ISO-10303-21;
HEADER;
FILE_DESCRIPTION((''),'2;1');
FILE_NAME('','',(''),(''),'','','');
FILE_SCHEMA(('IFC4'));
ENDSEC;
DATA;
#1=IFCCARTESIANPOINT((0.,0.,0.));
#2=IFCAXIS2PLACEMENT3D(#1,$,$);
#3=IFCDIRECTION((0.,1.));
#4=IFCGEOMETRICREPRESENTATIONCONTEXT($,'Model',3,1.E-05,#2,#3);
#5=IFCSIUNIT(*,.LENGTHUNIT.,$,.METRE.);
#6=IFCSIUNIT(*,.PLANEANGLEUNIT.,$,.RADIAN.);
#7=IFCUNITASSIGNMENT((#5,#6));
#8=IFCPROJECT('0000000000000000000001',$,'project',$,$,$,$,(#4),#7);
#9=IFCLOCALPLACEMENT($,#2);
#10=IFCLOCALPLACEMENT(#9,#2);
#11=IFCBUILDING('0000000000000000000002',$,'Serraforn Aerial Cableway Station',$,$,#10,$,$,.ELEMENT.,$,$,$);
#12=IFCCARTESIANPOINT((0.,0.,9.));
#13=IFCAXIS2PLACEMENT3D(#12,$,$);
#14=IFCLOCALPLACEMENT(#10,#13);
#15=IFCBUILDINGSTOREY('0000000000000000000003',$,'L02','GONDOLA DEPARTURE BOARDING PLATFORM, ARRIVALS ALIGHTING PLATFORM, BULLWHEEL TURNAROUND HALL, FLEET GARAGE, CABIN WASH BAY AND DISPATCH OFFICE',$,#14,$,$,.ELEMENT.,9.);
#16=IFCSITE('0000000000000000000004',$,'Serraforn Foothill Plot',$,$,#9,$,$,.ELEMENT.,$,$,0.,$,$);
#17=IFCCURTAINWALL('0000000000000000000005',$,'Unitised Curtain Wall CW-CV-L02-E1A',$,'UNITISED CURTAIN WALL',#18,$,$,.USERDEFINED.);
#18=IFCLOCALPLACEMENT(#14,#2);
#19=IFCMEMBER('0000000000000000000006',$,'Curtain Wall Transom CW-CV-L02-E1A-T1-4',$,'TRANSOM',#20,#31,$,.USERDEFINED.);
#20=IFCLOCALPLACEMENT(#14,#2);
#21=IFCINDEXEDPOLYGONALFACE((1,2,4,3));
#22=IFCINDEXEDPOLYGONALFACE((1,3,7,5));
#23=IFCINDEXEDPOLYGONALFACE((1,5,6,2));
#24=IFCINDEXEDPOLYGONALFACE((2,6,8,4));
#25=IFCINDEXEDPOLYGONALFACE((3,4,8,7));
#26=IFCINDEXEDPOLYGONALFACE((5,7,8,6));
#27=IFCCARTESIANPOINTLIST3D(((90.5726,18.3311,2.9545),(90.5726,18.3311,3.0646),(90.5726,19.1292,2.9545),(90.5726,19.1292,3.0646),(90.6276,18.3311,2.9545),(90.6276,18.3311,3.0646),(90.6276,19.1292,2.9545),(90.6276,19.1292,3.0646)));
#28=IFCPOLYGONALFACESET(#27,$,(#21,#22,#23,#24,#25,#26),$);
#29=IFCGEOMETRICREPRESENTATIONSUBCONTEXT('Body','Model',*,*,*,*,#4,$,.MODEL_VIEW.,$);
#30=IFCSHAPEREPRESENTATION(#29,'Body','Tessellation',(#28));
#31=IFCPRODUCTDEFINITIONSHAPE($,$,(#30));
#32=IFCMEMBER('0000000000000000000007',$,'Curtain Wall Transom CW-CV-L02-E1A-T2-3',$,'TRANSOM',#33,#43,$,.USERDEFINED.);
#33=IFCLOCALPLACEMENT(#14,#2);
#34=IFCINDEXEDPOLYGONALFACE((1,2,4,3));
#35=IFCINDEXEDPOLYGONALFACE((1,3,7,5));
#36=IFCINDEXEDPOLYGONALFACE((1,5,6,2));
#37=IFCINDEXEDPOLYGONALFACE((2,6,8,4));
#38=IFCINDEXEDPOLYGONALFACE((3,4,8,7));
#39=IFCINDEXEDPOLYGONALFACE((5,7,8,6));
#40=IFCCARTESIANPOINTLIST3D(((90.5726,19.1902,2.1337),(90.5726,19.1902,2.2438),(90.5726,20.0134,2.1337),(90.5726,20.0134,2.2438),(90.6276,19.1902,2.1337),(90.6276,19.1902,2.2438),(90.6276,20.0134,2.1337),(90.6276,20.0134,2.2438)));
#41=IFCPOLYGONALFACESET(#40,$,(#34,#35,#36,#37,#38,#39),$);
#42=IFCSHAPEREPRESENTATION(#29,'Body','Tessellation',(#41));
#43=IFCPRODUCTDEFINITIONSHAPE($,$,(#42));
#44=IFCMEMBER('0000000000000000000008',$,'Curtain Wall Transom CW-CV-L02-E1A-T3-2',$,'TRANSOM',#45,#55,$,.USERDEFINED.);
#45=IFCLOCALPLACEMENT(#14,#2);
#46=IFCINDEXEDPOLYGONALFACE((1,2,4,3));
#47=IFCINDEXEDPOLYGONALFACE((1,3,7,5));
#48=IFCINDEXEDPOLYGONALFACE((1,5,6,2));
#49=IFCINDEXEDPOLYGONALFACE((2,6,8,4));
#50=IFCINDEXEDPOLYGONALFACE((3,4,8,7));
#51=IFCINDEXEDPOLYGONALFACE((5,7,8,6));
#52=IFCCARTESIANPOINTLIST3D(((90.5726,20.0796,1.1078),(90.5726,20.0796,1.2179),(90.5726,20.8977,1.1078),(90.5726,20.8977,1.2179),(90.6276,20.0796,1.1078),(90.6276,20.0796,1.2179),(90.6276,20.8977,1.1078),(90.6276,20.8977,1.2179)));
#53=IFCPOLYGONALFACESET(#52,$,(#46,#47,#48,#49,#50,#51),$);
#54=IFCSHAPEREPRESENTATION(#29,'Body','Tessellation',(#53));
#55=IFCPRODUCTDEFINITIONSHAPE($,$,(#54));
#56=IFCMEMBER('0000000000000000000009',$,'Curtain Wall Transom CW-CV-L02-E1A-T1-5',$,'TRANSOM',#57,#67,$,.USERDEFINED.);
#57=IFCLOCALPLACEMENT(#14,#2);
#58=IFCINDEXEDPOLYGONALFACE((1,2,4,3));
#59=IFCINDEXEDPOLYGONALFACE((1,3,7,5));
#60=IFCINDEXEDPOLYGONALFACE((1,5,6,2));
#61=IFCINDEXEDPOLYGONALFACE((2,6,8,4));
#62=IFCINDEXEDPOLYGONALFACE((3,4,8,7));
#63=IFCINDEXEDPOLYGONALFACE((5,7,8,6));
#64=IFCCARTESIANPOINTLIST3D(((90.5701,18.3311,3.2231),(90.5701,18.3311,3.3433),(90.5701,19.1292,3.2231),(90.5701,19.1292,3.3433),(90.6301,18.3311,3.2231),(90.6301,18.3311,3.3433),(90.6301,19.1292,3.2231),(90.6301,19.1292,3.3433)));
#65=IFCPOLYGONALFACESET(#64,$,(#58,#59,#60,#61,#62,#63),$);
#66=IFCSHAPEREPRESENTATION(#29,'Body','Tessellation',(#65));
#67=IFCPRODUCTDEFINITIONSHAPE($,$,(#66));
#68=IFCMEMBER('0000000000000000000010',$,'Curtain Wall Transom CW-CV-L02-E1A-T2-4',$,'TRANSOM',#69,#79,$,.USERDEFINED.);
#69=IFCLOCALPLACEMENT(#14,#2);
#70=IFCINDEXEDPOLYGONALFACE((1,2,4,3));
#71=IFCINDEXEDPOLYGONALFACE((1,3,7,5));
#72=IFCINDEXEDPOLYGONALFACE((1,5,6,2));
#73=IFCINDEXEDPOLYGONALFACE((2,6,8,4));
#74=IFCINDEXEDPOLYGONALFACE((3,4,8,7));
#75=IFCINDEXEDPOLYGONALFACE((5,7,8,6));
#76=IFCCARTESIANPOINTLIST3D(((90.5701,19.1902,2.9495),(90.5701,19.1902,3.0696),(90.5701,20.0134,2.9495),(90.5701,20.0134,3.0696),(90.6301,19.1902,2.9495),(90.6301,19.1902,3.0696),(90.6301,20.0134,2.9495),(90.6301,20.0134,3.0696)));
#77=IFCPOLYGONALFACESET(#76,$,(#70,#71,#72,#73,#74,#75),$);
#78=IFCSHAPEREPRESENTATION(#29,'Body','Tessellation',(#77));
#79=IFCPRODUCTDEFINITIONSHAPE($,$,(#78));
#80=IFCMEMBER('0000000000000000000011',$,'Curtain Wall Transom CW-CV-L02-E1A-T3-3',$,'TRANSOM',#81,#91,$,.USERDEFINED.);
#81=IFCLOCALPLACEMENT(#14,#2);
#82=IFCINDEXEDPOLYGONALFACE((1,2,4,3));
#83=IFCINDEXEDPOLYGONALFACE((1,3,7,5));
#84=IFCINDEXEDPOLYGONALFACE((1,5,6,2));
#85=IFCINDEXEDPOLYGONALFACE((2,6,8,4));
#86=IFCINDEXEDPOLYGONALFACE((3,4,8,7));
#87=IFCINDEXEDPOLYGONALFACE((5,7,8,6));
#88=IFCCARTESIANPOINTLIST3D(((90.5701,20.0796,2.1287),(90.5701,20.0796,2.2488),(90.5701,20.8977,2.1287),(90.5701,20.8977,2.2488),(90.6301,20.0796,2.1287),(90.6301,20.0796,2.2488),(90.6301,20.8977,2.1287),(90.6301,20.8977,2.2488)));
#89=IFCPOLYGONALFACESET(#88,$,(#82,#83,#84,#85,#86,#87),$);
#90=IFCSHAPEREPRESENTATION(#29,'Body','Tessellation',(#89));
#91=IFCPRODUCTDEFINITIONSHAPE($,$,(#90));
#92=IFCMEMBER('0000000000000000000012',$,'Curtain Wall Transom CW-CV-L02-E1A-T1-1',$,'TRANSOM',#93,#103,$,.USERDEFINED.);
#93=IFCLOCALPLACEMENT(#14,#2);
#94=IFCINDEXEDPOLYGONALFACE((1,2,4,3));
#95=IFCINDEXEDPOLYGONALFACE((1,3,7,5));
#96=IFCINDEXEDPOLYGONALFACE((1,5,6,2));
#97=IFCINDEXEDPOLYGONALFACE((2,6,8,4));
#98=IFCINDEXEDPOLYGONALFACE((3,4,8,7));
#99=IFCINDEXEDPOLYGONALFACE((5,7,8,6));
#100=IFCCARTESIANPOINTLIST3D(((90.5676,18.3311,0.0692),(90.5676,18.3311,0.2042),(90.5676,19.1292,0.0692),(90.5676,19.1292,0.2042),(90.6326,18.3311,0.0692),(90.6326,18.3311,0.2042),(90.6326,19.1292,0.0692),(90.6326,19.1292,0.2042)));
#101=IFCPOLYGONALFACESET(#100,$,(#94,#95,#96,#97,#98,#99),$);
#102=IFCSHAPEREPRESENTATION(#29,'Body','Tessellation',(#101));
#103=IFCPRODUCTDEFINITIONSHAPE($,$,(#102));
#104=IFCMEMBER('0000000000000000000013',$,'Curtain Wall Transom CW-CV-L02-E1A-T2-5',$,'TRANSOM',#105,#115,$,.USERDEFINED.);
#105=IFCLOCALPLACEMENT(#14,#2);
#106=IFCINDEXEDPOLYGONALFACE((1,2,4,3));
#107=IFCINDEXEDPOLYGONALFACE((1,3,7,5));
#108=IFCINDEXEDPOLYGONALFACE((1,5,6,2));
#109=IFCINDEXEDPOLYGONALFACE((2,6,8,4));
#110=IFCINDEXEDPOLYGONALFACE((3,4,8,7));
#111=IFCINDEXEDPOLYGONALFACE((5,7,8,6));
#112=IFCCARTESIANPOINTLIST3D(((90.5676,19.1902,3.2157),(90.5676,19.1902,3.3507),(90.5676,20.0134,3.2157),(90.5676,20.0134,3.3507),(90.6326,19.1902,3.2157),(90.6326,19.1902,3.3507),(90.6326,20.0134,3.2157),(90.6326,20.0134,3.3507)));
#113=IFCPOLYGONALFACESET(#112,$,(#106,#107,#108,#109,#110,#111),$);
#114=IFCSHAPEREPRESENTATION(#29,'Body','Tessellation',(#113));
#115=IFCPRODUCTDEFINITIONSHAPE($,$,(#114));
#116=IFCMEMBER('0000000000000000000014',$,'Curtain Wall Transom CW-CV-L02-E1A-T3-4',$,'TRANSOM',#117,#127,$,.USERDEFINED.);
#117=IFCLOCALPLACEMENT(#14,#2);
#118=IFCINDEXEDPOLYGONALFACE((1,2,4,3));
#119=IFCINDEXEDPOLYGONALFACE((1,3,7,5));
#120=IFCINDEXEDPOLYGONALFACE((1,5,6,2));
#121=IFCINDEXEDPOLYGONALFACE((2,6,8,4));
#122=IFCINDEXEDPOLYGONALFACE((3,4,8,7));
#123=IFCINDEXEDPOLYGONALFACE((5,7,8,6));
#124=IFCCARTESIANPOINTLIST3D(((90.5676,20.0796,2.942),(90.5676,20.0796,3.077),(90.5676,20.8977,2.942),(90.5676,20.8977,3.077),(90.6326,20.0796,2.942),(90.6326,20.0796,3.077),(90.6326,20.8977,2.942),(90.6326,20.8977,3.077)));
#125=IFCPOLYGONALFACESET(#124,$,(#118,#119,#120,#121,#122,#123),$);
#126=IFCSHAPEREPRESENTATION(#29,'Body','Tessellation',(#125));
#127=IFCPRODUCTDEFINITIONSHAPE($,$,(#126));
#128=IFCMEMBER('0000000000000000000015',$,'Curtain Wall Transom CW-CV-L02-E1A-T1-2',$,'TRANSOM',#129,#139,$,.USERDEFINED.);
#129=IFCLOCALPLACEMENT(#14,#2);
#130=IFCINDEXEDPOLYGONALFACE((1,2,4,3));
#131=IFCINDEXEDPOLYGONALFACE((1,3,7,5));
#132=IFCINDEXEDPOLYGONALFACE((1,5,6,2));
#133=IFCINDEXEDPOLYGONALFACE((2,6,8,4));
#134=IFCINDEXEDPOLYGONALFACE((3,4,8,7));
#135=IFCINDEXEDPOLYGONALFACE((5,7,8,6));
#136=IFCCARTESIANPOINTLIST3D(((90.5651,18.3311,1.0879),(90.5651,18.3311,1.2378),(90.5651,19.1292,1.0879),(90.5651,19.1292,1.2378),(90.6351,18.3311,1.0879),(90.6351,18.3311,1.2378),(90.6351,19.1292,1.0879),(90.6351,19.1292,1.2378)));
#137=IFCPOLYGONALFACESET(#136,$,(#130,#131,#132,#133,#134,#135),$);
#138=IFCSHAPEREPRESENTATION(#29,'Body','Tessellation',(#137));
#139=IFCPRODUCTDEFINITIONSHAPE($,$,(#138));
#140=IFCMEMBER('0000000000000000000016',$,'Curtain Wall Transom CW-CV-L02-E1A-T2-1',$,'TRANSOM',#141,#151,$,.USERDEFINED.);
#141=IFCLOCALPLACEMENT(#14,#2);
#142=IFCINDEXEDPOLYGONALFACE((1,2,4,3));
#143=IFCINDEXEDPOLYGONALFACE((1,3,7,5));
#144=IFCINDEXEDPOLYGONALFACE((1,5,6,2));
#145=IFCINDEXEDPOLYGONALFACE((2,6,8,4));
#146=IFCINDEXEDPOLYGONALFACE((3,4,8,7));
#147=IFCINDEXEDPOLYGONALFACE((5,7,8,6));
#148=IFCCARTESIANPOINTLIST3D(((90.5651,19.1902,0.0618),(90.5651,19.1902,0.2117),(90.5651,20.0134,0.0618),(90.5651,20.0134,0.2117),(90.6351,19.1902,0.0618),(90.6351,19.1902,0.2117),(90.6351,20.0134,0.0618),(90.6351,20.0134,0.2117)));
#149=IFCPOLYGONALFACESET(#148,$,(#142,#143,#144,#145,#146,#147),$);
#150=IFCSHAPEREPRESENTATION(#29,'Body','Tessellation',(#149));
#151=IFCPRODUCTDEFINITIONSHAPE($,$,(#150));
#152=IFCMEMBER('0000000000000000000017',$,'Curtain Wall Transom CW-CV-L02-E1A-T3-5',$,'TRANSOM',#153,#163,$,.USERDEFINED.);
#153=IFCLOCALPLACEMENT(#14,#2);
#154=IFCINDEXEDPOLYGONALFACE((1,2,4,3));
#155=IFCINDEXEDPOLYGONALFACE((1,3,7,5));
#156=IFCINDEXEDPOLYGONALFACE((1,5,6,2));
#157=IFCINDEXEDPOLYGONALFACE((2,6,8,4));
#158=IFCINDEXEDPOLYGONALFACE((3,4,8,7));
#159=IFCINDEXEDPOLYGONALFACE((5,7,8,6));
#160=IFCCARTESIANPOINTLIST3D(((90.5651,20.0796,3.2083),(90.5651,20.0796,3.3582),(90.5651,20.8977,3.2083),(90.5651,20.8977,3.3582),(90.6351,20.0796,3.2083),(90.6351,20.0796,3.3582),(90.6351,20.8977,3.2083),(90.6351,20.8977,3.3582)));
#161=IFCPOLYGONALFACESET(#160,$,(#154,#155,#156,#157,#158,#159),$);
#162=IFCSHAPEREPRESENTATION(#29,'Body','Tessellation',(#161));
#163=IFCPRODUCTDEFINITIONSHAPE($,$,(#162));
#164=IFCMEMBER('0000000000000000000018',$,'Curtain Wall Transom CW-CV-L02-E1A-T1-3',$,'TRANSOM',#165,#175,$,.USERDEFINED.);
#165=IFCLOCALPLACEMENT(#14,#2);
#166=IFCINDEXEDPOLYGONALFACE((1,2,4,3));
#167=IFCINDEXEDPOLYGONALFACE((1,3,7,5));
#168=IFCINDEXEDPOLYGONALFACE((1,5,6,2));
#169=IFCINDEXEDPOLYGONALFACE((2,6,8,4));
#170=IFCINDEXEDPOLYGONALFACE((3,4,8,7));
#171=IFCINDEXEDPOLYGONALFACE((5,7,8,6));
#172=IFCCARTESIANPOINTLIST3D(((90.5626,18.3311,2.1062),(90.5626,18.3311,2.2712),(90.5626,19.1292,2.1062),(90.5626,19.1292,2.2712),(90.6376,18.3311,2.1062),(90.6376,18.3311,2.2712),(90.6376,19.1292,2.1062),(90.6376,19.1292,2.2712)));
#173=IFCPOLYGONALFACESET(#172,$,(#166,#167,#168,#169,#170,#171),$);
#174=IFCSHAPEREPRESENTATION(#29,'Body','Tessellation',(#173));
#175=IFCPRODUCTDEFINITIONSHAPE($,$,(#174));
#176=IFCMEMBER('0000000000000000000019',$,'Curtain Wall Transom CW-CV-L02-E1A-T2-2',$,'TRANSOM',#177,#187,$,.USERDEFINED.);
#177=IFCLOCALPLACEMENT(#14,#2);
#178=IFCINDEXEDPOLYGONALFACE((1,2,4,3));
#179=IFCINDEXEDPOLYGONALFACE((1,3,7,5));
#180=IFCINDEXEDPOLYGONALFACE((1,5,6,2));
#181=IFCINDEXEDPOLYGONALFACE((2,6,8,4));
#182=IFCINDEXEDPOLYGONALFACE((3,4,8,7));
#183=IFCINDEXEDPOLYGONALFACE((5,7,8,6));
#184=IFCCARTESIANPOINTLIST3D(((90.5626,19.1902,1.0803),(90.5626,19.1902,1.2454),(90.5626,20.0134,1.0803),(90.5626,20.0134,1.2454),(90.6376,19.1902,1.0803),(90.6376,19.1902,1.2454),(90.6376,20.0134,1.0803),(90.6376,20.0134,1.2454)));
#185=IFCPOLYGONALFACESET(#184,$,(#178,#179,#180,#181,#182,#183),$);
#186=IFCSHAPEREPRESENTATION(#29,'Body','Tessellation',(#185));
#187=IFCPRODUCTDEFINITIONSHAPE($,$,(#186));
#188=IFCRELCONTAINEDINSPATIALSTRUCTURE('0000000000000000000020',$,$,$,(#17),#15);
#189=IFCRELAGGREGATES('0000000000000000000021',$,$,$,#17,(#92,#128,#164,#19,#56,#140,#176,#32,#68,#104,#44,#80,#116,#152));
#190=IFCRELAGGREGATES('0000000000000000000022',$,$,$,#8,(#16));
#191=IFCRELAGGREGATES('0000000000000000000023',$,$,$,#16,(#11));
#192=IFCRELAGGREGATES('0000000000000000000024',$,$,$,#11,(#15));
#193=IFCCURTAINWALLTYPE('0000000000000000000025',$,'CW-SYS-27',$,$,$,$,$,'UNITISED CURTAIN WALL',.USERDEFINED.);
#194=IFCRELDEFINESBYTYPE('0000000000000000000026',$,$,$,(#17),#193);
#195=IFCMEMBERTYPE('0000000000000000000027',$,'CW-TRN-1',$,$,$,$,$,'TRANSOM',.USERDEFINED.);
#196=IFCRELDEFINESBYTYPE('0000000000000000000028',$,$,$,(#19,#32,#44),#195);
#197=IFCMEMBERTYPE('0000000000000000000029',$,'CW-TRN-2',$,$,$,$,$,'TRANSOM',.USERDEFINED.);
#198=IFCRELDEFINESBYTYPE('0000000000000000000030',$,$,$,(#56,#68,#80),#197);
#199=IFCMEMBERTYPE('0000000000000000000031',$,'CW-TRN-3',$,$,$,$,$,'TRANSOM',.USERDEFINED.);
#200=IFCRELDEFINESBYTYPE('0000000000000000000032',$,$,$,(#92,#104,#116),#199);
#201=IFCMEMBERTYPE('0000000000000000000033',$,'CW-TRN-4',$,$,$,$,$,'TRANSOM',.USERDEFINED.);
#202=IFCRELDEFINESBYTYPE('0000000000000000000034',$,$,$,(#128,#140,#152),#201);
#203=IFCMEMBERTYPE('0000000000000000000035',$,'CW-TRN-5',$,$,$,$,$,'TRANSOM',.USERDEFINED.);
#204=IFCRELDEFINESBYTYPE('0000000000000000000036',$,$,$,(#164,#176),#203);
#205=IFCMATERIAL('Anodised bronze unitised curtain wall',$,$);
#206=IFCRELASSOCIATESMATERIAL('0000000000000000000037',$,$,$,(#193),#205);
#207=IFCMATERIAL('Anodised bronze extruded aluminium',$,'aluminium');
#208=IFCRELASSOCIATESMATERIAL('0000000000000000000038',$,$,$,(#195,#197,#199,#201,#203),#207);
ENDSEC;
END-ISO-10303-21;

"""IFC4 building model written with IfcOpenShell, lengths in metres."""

from ifc_helpers import new_model, si_unit, direction, frame, origin, origin_2d, place, context, subcontext, project, spatial, rectangle, extrude, material, material_profile, profile_set, type_object, element, aggregate, save


model = new_model("IFC4")

# Units and contexts
model_context = context("Model", 3, precision=1e-05, world=origin(), true_north=direction((0.0, 1.0)))
body_context = subcontext(model_context, "Body", "Model", "MODEL_VIEW")
ifc_project = project(units=[si_unit("LENGTHUNIT", "METRE"), si_unit("PLANEANGLEUNIT", "RADIAN")], contexts=[model_context])

# Site, building, storey
site_placement = place(None, origin())
site = spatial("IfcSite", under=ifc_project, at=site_placement, Name="Serraforn Foothill Plot", CompositionType="ELEMENT", RefElevation=0.0)
building_placement = place(site_placement, origin())
building = spatial("IfcBuilding", under=site, at=building_placement, Name="Serraforn Aerial Cableway Station", CompositionType="ELEMENT")
storey_placement = place(building_placement, frame((0.0, 0.0, 9.0)))
storey = spatial("IfcBuildingStorey", under=building, at=storey_placement, Name="L02", Description="GONDOLA DEPARTURE BOARDING PLATFORM, ARRIVALS ALIGHTING PLATFORM, BULLWHEEL TURNAROUND HALL, FLEET GARAGE, CABIN WASH BAY AND DISPATCH OFFICE", CompositionType="ELEMENT", Elevation=9.0)

# Curtain wall, members
ifc_material_1 = material(Name="Anodised bronze unitised curtain wall")
curtain_wall_type = type_object("IfcCurtainWallType", Name="CW-SYS-27", ElementType="UNITISED CURTAIN WALL", PredefinedType="USERDEFINED", material=ifc_material_1)
curtain_wall_placement = place(storey_placement, origin())
curtain_wall = element("IfcCurtainWall", 1, at=curtain_wall_placement, inside=storey, type_object=curtain_wall_type, Name="Unitised Curtain Wall CW-CV-L02-E1A", ObjectType="UNITISED CURTAIN WALL", PredefinedType="USERDEFINED")
ifc_material_2 = material(Name="Anodised bronze extruded aluminium", Category="aluminium")
ifc_material_profile_1 = material_profile(ifc_material_2, rectangle(XDim=0.0549, YDim=0.1101, at=origin_2d()), Name="CW TRANSOM 55x110")
ifc_profile_set_1 = profile_set([ifc_material_profile_1], Name="Anodised bronze extruded aluminium")
member_type_1 = type_object("IfcMemberType", Name="CW-TRN-1", ElementType="TRANSOM", PredefinedType="USERDEFINED", material=ifc_profile_set_1)
member_1_placement = place(storey_placement, frame((90.6001, 18.3311, 3.0095), z_axis=(0.0, 1.0, 0.0), x_axis=(-1.0, 0.0, 0.0)))
member_1 = element("IfcMember", 2, at=member_1_placement, type_object=member_type_1, Name="Curtain Wall Transom CW-CV-L02-E1A-T1-4", ObjectType="TRANSOM", PredefinedType="USERDEFINED", context=body_context, shape_type="SweptSolid", body=[
    extrude(rectangle(XDim=0.0549, YDim=0.1101, at=origin_2d()), origin(), (0.0, 0.0, 1.0), 0.7981),
])
member_2_placement = place(storey_placement, frame((90.6001, 19.1902, 2.1887), z_axis=(0.0, 1.0, 0.0), x_axis=(-1.0, 0.0, 0.0)))
member_2 = element("IfcMember", 3, at=member_2_placement, type_object=member_type_1, Name="Curtain Wall Transom CW-CV-L02-E1A-T2-3", ObjectType="TRANSOM", PredefinedType="USERDEFINED", context=body_context, shape_type="SweptSolid", body=[
    extrude(rectangle(XDim=0.0549, YDim=0.1101, at=origin_2d()), origin(), (0.0, 0.0, 1.0), 0.8232),
])
member_3_placement = place(storey_placement, frame((90.6001, 20.0796, 1.1628), z_axis=(0.0, 1.0, 0.0), x_axis=(-1.0, 0.0, 0.0)))
member_3 = element("IfcMember", 4, at=member_3_placement, type_object=member_type_1, Name="Curtain Wall Transom CW-CV-L02-E1A-T3-2", ObjectType="TRANSOM", PredefinedType="USERDEFINED", context=body_context, shape_type="SweptSolid", body=[
    extrude(rectangle(XDim=0.0549, YDim=0.1101, at=origin_2d()), origin(), (0.0, 0.0, 1.0), 0.8181),
])
ifc_material_profile_2 = material_profile(ifc_material_2, rectangle(XDim=0.0601, YDim=0.1201, at=origin_2d()), Name="CW TRANSOM 60x120")
ifc_profile_set_2 = profile_set([ifc_material_profile_2], Name="Anodised bronze extruded aluminium")
member_type_2 = type_object("IfcMemberType", Name="CW-TRN-2", ElementType="TRANSOM", PredefinedType="USERDEFINED", material=ifc_profile_set_2)
member_4_placement = place(storey_placement, frame((90.6001, 18.3311, 3.2832), z_axis=(0.0, 1.0, 0.0), x_axis=(-1.0, 0.0, 0.0)))
member_4 = element("IfcMember", 5, at=member_4_placement, type_object=member_type_2, Name="Curtain Wall Transom CW-CV-L02-E1A-T1-5", ObjectType="TRANSOM", PredefinedType="USERDEFINED", context=body_context, shape_type="SweptSolid", body=[
    extrude(rectangle(XDim=0.0601, YDim=0.1201, at=origin_2d()), origin(), (0.0, 0.0, 1.0), 0.7981),
])
member_5_placement = place(storey_placement, frame((90.6001, 19.1902, 3.0095), z_axis=(0.0, 1.0, 0.0), x_axis=(-1.0, 0.0, 0.0)))
member_5 = element("IfcMember", 6, at=member_5_placement, type_object=member_type_2, Name="Curtain Wall Transom CW-CV-L02-E1A-T2-4", ObjectType="TRANSOM", PredefinedType="USERDEFINED", context=body_context, shape_type="SweptSolid", body=[
    extrude(rectangle(XDim=0.0601, YDim=0.1201, at=origin_2d()), origin(), (0.0, 0.0, 1.0), 0.8232),
])
member_6_placement = place(storey_placement, frame((90.6001, 20.0796, 2.1887), z_axis=(0.0, 1.0, 0.0), x_axis=(-1.0, 0.0, 0.0)))
member_6 = element("IfcMember", 7, at=member_6_placement, type_object=member_type_2, Name="Curtain Wall Transom CW-CV-L02-E1A-T3-3", ObjectType="TRANSOM", PredefinedType="USERDEFINED", context=body_context, shape_type="SweptSolid", body=[
    extrude(rectangle(XDim=0.0601, YDim=0.1201, at=origin_2d()), origin(), (0.0, 0.0, 1.0), 0.8181),
])
ifc_material_profile_3 = material_profile(ifc_material_2, rectangle(XDim=0.0649, YDim=0.135, at=origin_2d()), Name="CW TRANSOM 65x135")
ifc_profile_set_3 = profile_set([ifc_material_profile_3], Name="Anodised bronze extruded aluminium")
member_type_3 = type_object("IfcMemberType", Name="CW-TRN-3", ElementType="TRANSOM", PredefinedType="USERDEFINED", material=ifc_profile_set_3)
member_7_placement = place(storey_placement, frame((90.6001, 18.3311, 0.1367), z_axis=(0.0, 1.0, 0.0), x_axis=(-1.0, 0.0, 0.0)))
member_7 = element("IfcMember", 8, at=member_7_placement, type_object=member_type_3, Name="Curtain Wall Transom CW-CV-L02-E1A-T1-1", ObjectType="TRANSOM", PredefinedType="USERDEFINED", context=body_context, shape_type="SweptSolid", body=[
    extrude(rectangle(XDim=0.0649, YDim=0.135, at=origin_2d()), origin(), (0.0, 0.0, 1.0), 0.7981),
])
member_8_placement = place(storey_placement, frame((90.6001, 19.1902, 3.2832), z_axis=(0.0, 1.0, 0.0), x_axis=(-1.0, 0.0, 0.0)))
member_8 = element("IfcMember", 9, at=member_8_placement, type_object=member_type_3, Name="Curtain Wall Transom CW-CV-L02-E1A-T2-5", ObjectType="TRANSOM", PredefinedType="USERDEFINED", context=body_context, shape_type="SweptSolid", body=[
    extrude(rectangle(XDim=0.0649, YDim=0.135, at=origin_2d()), origin(), (0.0, 0.0, 1.0), 0.8232),
])
member_9_placement = place(storey_placement, frame((90.6001, 20.0796, 3.0095), z_axis=(0.0, 1.0, 0.0), x_axis=(-1.0, 0.0, 0.0)))
member_9 = element("IfcMember", 10, at=member_9_placement, type_object=member_type_3, Name="Curtain Wall Transom CW-CV-L02-E1A-T3-4", ObjectType="TRANSOM", PredefinedType="USERDEFINED", context=body_context, shape_type="SweptSolid", body=[
    extrude(rectangle(XDim=0.0649, YDim=0.135, at=origin_2d()), origin(), (0.0, 0.0, 1.0), 0.8181),
])
ifc_material_profile_4 = material_profile(ifc_material_2, rectangle(XDim=0.0701, YDim=0.1499, at=origin_2d()), Name="CW TRANSOM 70x150")
ifc_profile_set_4 = profile_set([ifc_material_profile_4], Name="Anodised bronze extruded aluminium")
member_type_4 = type_object("IfcMemberType", Name="CW-TRN-4", ElementType="TRANSOM", PredefinedType="USERDEFINED", material=ifc_profile_set_4)
member_10_placement = place(storey_placement, frame((90.6001, 18.3311, 1.1628), z_axis=(0.0, 1.0, 0.0), x_axis=(-1.0, 0.0, 0.0)))
member_10 = element("IfcMember", 11, at=member_10_placement, type_object=member_type_4, Name="Curtain Wall Transom CW-CV-L02-E1A-T1-2", ObjectType="TRANSOM", PredefinedType="USERDEFINED", context=body_context, shape_type="SweptSolid", body=[
    extrude(rectangle(XDim=0.0701, YDim=0.1499, at=origin_2d()), origin(), (0.0, 0.0, 1.0), 0.7981),
])
member_11_placement = place(storey_placement, frame((90.6001, 19.1902, 0.1367), z_axis=(0.0, 1.0, 0.0), x_axis=(-1.0, 0.0, 0.0)))
member_11 = element("IfcMember", 12, at=member_11_placement, type_object=member_type_4, Name="Curtain Wall Transom CW-CV-L02-E1A-T2-1", ObjectType="TRANSOM", PredefinedType="USERDEFINED", context=body_context, shape_type="SweptSolid", body=[
    extrude(rectangle(XDim=0.0701, YDim=0.1499, at=origin_2d()), origin(), (0.0, 0.0, 1.0), 0.8232),
])
member_12_placement = place(storey_placement, frame((90.6001, 20.0796, 3.2832), z_axis=(0.0, 1.0, 0.0), x_axis=(-1.0, 0.0, 0.0)))
member_12 = element("IfcMember", 13, at=member_12_placement, type_object=member_type_4, Name="Curtain Wall Transom CW-CV-L02-E1A-T3-5", ObjectType="TRANSOM", PredefinedType="USERDEFINED", context=body_context, shape_type="SweptSolid", body=[
    extrude(rectangle(XDim=0.0701, YDim=0.1499, at=origin_2d()), origin(), (0.0, 0.0, 1.0), 0.8181),
])
ifc_material_profile_5 = material_profile(ifc_material_2, rectangle(XDim=0.075, YDim=0.165, at=origin_2d()), Name="CW TRANSOM 75x165")
ifc_profile_set_5 = profile_set([ifc_material_profile_5], Name="Anodised bronze extruded aluminium")
member_type_5 = type_object("IfcMemberType", Name="CW-TRN-5", ElementType="TRANSOM", PredefinedType="USERDEFINED", material=ifc_profile_set_5)
member_13_placement = place(storey_placement, frame((90.6001, 18.3311, 2.1887), z_axis=(0.0, 1.0, 0.0), x_axis=(-1.0, 0.0, 0.0)))
member_13 = element("IfcMember", 14, at=member_13_placement, type_object=member_type_5, Name="Curtain Wall Transom CW-CV-L02-E1A-T1-3", ObjectType="TRANSOM", PredefinedType="USERDEFINED", context=body_context, shape_type="SweptSolid", body=[
    extrude(rectangle(XDim=0.075, YDim=0.165, at=origin_2d()), origin(), (0.0, 0.0, 1.0), 0.7981),
])
member_14_placement = place(storey_placement, frame((90.6001, 19.1902, 1.1628), z_axis=(0.0, 1.0, 0.0), x_axis=(-1.0, 0.0, 0.0)))
member_14 = element("IfcMember", 15, at=member_14_placement, type_object=member_type_5, Name="Curtain Wall Transom CW-CV-L02-E1A-T2-2", ObjectType="TRANSOM", PredefinedType="USERDEFINED", context=body_context, shape_type="SweptSolid", body=[
    extrude(rectangle(XDim=0.075, YDim=0.165, at=origin_2d()), origin(), (0.0, 0.0, 1.0), 0.8232),
])

aggregate(curtain_wall, [member_7, member_10, member_13, member_1, member_4, member_11, member_14, member_2, member_5, member_8, member_3, member_6, member_9, member_12])

save(model, "model.ifc")
